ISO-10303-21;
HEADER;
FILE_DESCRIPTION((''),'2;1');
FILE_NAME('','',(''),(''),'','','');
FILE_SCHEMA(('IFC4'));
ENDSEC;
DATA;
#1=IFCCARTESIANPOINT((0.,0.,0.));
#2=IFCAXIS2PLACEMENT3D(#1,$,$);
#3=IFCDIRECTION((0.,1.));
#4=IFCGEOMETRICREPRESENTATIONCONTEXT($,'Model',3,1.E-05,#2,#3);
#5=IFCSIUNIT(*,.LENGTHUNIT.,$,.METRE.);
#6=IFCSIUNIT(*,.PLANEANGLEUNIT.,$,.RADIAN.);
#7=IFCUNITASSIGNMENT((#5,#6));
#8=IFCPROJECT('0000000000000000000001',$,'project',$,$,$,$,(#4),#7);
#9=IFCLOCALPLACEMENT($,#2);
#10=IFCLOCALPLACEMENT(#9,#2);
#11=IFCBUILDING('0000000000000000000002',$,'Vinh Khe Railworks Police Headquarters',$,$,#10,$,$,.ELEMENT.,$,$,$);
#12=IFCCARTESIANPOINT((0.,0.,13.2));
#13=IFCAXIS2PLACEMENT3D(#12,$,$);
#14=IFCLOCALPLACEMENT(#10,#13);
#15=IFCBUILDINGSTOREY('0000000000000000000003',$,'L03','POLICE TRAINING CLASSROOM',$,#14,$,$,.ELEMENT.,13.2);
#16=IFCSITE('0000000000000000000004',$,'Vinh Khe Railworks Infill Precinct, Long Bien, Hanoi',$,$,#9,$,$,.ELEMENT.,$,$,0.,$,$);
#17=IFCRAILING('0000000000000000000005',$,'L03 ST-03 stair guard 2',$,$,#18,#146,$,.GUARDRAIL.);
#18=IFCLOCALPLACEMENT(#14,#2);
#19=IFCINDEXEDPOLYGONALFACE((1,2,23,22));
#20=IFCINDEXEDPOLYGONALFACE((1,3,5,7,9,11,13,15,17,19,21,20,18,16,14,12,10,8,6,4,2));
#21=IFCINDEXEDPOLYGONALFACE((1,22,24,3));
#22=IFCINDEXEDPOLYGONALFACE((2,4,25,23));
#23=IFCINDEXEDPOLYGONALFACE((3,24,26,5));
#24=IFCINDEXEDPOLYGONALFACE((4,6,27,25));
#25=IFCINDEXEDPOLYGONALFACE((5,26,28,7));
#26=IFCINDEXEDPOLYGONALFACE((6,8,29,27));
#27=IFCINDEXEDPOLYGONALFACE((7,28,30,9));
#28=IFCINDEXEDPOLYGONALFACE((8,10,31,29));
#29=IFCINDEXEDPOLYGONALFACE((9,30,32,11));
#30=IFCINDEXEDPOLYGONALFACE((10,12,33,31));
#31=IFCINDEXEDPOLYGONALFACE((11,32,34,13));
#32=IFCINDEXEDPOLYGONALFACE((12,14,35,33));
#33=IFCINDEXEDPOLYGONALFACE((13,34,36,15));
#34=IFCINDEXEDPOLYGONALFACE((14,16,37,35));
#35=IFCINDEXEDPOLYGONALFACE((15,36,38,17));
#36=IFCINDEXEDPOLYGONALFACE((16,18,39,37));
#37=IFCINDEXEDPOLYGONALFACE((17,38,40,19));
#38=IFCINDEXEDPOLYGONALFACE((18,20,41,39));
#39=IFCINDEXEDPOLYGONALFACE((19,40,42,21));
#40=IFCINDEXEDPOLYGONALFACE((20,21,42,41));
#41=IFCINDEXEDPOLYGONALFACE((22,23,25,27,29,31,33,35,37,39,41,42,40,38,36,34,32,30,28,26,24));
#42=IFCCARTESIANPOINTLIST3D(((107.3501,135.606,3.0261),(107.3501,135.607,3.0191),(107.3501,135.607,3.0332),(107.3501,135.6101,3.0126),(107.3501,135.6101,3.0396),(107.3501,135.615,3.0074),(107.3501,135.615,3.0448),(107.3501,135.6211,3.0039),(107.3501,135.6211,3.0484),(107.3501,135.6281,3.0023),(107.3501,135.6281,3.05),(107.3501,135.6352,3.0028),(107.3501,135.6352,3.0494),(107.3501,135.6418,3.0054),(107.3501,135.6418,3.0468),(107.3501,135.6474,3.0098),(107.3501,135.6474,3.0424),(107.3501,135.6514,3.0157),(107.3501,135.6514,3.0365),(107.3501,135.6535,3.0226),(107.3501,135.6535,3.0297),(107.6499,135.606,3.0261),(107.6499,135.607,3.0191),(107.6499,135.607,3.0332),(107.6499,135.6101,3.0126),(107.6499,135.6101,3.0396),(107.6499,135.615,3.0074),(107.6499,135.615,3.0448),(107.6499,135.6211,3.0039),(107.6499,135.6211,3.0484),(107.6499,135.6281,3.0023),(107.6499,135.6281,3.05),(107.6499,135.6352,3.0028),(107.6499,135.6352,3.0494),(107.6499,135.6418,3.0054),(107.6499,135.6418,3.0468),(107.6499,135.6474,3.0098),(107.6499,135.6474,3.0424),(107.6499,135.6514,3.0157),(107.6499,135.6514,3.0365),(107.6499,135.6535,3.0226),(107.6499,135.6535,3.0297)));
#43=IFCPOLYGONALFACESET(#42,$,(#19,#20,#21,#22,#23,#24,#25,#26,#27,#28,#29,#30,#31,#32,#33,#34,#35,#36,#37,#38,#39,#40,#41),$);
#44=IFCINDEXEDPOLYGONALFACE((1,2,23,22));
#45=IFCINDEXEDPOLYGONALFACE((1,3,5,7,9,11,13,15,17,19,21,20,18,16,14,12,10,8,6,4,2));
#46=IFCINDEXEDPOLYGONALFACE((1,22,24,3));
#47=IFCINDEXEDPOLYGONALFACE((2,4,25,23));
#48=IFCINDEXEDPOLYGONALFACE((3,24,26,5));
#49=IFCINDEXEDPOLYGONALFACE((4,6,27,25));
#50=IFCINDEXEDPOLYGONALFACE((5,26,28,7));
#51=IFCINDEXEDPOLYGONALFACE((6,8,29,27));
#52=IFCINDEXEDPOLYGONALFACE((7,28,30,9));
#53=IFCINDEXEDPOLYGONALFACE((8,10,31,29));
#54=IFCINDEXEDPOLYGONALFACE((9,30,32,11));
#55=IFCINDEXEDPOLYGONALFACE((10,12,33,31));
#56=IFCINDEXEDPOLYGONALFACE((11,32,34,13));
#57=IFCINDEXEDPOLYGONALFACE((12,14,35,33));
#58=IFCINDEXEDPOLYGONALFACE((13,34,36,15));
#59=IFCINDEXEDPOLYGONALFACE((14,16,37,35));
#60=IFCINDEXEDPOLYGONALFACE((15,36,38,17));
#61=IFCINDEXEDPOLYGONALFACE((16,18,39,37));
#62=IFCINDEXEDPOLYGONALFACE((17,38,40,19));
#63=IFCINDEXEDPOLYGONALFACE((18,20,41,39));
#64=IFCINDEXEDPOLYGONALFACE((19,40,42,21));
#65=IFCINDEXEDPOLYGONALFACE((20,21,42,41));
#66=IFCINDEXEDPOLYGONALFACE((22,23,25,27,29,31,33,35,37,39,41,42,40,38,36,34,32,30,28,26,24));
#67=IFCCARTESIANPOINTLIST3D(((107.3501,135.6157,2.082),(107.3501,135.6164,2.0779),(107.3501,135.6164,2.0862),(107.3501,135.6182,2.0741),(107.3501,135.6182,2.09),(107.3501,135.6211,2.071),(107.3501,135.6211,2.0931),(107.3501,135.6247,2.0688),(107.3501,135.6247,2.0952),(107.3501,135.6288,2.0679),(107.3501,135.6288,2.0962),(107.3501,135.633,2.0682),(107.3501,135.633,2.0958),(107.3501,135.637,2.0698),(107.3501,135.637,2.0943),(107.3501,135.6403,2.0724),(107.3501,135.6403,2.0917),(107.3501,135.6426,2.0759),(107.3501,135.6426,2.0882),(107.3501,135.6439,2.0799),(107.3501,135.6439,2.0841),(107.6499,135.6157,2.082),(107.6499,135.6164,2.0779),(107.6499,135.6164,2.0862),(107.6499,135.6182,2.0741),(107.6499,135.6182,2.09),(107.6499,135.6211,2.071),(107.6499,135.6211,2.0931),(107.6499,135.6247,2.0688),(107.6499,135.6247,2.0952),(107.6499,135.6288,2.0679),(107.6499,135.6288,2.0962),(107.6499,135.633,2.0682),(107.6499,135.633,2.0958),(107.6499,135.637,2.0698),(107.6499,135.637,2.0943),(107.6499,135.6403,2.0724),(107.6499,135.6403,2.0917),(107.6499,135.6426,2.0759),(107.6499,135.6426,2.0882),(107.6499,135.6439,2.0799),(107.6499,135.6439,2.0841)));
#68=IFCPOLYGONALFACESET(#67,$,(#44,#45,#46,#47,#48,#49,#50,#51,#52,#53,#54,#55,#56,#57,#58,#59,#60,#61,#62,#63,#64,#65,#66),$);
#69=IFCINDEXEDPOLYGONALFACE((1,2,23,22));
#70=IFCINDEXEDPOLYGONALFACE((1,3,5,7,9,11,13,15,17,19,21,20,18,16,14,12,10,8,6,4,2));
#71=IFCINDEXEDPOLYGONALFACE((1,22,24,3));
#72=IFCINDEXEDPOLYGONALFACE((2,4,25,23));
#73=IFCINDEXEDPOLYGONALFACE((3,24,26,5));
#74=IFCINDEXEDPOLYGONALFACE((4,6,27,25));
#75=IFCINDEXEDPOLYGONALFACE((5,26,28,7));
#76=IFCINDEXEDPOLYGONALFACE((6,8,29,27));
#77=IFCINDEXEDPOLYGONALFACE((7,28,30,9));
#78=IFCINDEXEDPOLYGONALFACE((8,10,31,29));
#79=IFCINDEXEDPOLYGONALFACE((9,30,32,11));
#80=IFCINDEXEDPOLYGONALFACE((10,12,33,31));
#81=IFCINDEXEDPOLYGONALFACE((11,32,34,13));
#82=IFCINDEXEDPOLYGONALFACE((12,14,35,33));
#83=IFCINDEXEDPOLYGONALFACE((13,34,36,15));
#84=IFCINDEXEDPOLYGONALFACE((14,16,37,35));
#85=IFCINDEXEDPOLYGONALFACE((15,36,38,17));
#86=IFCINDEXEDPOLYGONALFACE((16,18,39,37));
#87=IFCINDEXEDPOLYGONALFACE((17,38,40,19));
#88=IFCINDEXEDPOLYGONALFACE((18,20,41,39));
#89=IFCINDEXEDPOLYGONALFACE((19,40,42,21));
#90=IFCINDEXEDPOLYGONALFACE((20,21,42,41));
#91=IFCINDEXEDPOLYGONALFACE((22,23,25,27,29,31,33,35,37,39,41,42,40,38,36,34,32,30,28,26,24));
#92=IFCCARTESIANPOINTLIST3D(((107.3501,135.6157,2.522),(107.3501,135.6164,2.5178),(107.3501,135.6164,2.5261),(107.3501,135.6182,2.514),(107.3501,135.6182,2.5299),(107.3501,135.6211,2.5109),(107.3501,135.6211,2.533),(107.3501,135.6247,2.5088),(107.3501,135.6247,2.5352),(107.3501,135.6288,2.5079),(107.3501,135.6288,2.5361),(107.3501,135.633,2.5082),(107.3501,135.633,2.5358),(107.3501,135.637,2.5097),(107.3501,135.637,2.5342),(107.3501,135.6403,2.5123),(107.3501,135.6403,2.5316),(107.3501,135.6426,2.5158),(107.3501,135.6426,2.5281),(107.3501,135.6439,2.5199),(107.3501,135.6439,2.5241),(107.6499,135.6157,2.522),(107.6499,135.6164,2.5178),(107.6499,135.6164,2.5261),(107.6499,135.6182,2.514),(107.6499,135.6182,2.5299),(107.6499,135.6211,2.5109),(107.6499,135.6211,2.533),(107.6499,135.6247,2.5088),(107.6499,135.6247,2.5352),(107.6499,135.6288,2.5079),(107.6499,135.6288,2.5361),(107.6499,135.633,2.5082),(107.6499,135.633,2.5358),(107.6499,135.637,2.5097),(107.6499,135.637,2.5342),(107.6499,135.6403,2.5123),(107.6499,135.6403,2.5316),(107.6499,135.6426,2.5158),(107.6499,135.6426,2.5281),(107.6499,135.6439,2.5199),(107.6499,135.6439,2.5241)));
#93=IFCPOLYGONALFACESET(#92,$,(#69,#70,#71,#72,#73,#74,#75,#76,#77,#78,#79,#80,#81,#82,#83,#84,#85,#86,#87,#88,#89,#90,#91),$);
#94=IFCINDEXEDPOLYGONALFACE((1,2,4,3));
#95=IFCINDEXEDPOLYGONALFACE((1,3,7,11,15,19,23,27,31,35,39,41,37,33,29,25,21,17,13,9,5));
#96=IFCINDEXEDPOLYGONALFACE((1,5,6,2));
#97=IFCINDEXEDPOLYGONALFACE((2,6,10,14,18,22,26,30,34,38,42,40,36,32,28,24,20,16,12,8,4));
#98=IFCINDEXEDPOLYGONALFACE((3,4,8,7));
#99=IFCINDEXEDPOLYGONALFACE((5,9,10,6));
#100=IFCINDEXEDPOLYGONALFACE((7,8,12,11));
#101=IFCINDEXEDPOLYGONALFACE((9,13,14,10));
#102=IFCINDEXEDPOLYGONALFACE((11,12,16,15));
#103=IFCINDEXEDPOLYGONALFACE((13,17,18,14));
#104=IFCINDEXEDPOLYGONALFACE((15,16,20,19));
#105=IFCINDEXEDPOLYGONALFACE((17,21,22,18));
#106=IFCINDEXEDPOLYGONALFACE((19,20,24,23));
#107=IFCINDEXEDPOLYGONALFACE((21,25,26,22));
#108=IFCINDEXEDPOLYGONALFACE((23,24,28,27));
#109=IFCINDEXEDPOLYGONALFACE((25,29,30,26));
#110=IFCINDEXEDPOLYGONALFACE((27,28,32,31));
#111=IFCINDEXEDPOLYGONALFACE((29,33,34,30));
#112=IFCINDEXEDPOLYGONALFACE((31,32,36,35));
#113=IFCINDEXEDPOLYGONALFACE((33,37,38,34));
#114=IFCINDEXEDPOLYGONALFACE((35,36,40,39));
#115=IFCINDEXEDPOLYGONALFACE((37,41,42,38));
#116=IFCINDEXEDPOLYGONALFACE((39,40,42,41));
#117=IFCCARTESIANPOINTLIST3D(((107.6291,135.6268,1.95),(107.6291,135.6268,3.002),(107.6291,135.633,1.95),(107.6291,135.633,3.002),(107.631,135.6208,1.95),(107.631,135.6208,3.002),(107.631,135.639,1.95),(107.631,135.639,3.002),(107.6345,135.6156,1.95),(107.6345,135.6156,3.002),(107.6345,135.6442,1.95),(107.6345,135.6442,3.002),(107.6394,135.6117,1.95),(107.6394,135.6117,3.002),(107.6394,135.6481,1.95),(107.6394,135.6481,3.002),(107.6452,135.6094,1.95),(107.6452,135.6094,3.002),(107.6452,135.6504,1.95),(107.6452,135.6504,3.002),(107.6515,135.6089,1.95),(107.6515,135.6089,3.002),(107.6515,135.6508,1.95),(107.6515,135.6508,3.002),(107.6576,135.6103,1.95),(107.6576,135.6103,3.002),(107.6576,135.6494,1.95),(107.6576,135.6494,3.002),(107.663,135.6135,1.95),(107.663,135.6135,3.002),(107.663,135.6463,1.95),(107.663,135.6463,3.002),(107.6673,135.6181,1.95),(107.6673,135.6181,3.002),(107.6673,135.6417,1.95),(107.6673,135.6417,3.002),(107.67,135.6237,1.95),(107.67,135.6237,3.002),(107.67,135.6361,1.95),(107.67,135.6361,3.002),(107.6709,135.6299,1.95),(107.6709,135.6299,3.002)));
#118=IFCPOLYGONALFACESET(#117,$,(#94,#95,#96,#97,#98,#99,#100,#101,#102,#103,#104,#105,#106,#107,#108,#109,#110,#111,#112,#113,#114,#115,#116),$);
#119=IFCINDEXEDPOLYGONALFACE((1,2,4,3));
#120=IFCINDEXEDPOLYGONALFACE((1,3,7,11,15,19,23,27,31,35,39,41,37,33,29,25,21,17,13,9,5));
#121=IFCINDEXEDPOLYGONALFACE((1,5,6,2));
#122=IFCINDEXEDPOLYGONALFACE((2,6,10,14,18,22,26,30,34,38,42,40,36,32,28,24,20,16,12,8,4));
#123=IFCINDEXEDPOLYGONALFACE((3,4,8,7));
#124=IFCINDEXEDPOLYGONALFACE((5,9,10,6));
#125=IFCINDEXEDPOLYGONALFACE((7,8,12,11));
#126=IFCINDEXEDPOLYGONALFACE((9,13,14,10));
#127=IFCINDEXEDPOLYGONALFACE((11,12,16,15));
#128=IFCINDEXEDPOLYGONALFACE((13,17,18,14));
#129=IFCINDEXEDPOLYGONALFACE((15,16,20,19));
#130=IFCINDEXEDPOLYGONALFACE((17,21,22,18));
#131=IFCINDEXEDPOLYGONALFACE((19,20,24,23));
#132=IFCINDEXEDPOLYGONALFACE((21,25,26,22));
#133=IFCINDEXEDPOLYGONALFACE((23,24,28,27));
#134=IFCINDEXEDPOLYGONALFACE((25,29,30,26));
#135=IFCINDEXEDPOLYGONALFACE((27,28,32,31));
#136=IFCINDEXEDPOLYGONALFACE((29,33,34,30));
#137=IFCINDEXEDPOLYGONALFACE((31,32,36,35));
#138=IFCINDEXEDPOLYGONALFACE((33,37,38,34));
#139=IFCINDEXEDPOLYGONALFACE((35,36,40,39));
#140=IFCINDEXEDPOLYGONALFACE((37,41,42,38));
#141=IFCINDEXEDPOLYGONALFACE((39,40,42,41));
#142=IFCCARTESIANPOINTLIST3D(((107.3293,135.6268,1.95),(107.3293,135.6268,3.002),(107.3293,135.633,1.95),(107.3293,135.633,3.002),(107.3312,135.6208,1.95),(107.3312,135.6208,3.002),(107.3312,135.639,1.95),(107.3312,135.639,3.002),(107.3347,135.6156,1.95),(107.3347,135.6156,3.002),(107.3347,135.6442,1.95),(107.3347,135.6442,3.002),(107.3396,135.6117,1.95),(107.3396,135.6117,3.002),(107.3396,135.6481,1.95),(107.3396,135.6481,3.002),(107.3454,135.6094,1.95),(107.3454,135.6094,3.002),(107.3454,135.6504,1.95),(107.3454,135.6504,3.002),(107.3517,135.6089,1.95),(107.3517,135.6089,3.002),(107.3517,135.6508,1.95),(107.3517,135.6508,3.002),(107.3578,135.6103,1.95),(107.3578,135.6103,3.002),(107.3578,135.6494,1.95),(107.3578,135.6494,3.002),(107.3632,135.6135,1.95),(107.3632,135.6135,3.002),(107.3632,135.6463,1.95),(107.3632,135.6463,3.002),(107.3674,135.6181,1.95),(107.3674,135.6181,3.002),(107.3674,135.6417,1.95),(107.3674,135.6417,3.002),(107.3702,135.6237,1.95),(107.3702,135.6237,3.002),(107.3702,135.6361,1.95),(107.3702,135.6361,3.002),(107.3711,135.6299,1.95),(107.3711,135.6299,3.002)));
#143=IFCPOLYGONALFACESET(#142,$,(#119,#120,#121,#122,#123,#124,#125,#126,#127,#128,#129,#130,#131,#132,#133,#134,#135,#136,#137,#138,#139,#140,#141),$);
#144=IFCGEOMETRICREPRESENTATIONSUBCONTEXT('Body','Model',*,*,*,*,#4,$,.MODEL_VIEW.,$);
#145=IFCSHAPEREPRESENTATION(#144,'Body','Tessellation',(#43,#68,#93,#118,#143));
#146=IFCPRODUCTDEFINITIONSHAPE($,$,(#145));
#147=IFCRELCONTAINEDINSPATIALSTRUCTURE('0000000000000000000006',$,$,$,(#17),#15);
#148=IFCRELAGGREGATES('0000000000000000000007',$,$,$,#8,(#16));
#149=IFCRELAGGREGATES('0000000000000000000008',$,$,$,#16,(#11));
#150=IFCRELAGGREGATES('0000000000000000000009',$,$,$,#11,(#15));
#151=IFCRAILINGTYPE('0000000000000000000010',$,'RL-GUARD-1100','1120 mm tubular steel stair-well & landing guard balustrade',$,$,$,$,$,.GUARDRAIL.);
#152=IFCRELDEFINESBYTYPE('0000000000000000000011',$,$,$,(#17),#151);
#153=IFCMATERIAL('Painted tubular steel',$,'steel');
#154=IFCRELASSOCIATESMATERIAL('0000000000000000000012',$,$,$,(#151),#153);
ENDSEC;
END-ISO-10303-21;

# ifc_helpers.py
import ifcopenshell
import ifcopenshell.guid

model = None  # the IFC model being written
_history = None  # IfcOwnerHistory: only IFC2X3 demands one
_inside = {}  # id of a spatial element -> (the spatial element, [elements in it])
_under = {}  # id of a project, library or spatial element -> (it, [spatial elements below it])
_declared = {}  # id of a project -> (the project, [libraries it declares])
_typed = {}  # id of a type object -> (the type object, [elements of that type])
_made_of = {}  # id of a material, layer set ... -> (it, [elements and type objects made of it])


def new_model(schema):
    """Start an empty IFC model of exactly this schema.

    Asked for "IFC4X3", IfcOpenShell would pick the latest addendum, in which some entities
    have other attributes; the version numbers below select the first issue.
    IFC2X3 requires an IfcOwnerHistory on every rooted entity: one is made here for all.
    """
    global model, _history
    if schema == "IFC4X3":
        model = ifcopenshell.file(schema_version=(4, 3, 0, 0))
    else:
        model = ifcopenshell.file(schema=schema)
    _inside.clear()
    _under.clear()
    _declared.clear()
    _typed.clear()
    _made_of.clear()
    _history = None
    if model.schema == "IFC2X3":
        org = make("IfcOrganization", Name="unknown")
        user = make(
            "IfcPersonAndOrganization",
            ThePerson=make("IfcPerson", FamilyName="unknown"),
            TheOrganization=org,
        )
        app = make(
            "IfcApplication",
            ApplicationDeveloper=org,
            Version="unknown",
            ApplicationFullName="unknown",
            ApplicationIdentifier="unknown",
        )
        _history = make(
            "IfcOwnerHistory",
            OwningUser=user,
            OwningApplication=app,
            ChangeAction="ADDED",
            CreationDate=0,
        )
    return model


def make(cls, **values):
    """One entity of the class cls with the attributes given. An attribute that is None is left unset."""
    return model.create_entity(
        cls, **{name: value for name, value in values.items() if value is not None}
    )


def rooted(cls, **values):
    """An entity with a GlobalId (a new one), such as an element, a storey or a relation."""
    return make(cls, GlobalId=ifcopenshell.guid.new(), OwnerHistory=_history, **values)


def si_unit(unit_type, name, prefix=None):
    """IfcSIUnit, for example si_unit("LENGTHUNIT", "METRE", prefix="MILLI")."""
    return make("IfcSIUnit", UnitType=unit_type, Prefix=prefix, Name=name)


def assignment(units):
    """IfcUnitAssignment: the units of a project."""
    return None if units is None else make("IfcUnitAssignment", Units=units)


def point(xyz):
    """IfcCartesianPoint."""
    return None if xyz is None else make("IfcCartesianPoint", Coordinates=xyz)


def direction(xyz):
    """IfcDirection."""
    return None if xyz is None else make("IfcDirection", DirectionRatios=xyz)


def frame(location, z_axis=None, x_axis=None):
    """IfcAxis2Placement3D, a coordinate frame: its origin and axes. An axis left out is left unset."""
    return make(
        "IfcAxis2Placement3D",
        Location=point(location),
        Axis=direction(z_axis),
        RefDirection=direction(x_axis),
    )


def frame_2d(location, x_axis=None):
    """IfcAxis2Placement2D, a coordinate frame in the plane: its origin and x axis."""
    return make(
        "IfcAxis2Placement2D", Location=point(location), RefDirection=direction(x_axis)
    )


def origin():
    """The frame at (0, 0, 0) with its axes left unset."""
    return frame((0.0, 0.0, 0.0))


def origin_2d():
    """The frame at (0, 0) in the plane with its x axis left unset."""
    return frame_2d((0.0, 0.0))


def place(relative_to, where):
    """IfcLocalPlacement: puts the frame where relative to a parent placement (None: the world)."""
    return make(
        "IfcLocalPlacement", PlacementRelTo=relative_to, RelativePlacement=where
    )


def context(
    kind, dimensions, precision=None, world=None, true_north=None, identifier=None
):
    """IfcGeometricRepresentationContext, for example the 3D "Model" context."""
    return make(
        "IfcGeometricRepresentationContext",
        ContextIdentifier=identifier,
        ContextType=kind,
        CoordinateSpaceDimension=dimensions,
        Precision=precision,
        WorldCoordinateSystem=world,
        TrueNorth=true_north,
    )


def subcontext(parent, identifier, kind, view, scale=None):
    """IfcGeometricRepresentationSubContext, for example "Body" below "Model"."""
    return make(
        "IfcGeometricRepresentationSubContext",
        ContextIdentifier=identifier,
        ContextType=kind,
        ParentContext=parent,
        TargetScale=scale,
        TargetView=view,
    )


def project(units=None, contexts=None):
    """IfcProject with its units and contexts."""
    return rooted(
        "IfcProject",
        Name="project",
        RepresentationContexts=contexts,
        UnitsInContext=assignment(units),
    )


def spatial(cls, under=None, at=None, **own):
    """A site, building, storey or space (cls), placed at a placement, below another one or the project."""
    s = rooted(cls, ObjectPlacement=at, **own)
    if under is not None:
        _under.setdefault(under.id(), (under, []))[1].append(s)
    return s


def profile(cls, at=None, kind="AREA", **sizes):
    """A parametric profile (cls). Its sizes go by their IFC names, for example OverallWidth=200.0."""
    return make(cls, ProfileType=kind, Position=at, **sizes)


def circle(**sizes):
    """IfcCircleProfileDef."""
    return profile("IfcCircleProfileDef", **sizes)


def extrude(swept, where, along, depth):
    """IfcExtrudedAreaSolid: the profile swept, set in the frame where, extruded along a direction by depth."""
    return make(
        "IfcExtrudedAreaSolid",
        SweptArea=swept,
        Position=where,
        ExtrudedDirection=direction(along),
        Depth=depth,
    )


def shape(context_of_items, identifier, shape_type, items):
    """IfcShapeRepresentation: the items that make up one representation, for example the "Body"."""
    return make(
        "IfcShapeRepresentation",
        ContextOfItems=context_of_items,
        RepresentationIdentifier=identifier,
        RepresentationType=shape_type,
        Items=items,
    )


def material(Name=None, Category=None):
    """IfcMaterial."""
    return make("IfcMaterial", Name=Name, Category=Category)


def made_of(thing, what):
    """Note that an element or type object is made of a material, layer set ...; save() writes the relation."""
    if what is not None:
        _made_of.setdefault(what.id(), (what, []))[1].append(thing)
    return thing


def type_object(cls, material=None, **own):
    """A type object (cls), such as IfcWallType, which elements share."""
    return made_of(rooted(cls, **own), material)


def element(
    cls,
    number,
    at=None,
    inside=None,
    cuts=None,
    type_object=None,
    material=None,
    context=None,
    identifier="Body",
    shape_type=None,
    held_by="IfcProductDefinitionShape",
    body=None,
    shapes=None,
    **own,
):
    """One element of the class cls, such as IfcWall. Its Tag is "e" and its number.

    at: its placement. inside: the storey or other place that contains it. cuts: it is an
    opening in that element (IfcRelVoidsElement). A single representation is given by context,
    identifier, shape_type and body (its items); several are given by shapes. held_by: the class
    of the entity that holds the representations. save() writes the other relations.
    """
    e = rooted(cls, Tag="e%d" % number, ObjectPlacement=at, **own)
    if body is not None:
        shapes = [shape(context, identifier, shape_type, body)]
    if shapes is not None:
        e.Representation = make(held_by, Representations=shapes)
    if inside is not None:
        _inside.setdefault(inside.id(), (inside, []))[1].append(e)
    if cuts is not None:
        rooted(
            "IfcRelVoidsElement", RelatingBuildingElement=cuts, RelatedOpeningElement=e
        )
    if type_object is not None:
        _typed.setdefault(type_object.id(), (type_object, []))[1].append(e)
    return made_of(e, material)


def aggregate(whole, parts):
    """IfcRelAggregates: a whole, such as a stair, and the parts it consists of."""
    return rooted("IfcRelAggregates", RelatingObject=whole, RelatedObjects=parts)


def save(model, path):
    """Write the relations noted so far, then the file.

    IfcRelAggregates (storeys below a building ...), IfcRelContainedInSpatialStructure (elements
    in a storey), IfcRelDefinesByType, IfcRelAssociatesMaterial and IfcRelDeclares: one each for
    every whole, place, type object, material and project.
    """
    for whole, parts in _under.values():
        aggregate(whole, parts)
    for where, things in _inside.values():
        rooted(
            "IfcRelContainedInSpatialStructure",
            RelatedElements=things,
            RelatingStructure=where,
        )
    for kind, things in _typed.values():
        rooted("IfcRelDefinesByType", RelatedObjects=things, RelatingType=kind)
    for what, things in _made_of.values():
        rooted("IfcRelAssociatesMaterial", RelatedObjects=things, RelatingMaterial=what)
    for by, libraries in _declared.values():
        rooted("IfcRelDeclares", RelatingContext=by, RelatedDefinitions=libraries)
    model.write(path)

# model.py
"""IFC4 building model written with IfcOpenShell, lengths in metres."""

from ifc_helpers import new_model, si_unit, direction, frame, origin, origin_2d, place, context, subcontext, project, spatial, circle, extrude, material, type_object, element, save


model = new_model("IFC4")

# Units and contexts
model_context = context("Model", 3, precision=1e-05, world=origin(), true_north=direction((0.0, 1.0)))
body_context = subcontext(model_context, "Body", "Model", "MODEL_VIEW")
ifc_project = project(units=[si_unit("LENGTHUNIT", "METRE"), si_unit("PLANEANGLEUNIT", "RADIAN")], contexts=[model_context])

# Site, building, storey
site_placement = place(None, origin())
site = spatial("IfcSite", under=ifc_project, at=site_placement, Name="Vinh Khe Railworks Infill Precinct, Long Bien, Hanoi", CompositionType="ELEMENT", RefElevation=0.0)
building_placement = place(site_placement, origin())
building = spatial("IfcBuilding", under=site, at=building_placement, Name="Vinh Khe Railworks Police Headquarters", CompositionType="ELEMENT")
storey_placement = place(building_placement, frame((0.0, 0.0, 13.2)))
storey = spatial("IfcBuildingStorey", under=building, at=storey_placement, Name="L03", Description="POLICE TRAINING CLASSROOM", CompositionType="ELEMENT", Elevation=13.2)

# Railing
ifc_material_1 = material(Name="Painted tubular steel", Category="steel")
railing_type_1 = type_object("IfcRailingType", Name="RL-GUARD-1100", Description="1120 mm tubular steel stair-well & landing guard balustrade", PredefinedType="GUARDRAIL", material=ifc_material_1)
railing_1_placement = place(storey_placement, frame((107.6499, 135.6299, 1.95)))
element("IfcRailing", 1, at=railing_1_placement, inside=storey, type_object=railing_type_1, Name="L03 ST-03 stair guard 2", PredefinedType="GUARDRAIL", context=body_context, shape_type="SweptSolid", body=[
    extrude(circle(Radius=0.0239, at=origin_2d()), frame((0.0, 0.0, 1.0762), z_axis=(-1.0, 0.0, 0.0), x_axis=(0.0, -1.0, 0.0)), (0.0, 0.0, 1.0), 0.2998),
    extrude(circle(Radius=0.0142, at=origin_2d()), frame((0.0, 0.0, 0.1321), z_axis=(-1.0, 0.0, 0.0), x_axis=(0.0, -1.0, 0.0)), (0.0, 0.0, 1.0), 0.2998),
    extrude(circle(Radius=0.0142, at=origin_2d()), frame((0.0, 0.0, 0.572), z_axis=(-1.0, 0.0, 0.0), x_axis=(0.0, -1.0, 0.0)), (0.0, 0.0, 1.0), 0.2998),
    extrude(circle(Radius=0.021, at=origin_2d()), origin(), (0.0, 0.0, 1.0), 1.052),
    extrude(circle(Radius=0.021, at=origin_2d()), frame((-0.2998, 0.0, 0.0)), (0.0, 0.0, 1.0), 1.052),
])

save(model, "model.ifc")
